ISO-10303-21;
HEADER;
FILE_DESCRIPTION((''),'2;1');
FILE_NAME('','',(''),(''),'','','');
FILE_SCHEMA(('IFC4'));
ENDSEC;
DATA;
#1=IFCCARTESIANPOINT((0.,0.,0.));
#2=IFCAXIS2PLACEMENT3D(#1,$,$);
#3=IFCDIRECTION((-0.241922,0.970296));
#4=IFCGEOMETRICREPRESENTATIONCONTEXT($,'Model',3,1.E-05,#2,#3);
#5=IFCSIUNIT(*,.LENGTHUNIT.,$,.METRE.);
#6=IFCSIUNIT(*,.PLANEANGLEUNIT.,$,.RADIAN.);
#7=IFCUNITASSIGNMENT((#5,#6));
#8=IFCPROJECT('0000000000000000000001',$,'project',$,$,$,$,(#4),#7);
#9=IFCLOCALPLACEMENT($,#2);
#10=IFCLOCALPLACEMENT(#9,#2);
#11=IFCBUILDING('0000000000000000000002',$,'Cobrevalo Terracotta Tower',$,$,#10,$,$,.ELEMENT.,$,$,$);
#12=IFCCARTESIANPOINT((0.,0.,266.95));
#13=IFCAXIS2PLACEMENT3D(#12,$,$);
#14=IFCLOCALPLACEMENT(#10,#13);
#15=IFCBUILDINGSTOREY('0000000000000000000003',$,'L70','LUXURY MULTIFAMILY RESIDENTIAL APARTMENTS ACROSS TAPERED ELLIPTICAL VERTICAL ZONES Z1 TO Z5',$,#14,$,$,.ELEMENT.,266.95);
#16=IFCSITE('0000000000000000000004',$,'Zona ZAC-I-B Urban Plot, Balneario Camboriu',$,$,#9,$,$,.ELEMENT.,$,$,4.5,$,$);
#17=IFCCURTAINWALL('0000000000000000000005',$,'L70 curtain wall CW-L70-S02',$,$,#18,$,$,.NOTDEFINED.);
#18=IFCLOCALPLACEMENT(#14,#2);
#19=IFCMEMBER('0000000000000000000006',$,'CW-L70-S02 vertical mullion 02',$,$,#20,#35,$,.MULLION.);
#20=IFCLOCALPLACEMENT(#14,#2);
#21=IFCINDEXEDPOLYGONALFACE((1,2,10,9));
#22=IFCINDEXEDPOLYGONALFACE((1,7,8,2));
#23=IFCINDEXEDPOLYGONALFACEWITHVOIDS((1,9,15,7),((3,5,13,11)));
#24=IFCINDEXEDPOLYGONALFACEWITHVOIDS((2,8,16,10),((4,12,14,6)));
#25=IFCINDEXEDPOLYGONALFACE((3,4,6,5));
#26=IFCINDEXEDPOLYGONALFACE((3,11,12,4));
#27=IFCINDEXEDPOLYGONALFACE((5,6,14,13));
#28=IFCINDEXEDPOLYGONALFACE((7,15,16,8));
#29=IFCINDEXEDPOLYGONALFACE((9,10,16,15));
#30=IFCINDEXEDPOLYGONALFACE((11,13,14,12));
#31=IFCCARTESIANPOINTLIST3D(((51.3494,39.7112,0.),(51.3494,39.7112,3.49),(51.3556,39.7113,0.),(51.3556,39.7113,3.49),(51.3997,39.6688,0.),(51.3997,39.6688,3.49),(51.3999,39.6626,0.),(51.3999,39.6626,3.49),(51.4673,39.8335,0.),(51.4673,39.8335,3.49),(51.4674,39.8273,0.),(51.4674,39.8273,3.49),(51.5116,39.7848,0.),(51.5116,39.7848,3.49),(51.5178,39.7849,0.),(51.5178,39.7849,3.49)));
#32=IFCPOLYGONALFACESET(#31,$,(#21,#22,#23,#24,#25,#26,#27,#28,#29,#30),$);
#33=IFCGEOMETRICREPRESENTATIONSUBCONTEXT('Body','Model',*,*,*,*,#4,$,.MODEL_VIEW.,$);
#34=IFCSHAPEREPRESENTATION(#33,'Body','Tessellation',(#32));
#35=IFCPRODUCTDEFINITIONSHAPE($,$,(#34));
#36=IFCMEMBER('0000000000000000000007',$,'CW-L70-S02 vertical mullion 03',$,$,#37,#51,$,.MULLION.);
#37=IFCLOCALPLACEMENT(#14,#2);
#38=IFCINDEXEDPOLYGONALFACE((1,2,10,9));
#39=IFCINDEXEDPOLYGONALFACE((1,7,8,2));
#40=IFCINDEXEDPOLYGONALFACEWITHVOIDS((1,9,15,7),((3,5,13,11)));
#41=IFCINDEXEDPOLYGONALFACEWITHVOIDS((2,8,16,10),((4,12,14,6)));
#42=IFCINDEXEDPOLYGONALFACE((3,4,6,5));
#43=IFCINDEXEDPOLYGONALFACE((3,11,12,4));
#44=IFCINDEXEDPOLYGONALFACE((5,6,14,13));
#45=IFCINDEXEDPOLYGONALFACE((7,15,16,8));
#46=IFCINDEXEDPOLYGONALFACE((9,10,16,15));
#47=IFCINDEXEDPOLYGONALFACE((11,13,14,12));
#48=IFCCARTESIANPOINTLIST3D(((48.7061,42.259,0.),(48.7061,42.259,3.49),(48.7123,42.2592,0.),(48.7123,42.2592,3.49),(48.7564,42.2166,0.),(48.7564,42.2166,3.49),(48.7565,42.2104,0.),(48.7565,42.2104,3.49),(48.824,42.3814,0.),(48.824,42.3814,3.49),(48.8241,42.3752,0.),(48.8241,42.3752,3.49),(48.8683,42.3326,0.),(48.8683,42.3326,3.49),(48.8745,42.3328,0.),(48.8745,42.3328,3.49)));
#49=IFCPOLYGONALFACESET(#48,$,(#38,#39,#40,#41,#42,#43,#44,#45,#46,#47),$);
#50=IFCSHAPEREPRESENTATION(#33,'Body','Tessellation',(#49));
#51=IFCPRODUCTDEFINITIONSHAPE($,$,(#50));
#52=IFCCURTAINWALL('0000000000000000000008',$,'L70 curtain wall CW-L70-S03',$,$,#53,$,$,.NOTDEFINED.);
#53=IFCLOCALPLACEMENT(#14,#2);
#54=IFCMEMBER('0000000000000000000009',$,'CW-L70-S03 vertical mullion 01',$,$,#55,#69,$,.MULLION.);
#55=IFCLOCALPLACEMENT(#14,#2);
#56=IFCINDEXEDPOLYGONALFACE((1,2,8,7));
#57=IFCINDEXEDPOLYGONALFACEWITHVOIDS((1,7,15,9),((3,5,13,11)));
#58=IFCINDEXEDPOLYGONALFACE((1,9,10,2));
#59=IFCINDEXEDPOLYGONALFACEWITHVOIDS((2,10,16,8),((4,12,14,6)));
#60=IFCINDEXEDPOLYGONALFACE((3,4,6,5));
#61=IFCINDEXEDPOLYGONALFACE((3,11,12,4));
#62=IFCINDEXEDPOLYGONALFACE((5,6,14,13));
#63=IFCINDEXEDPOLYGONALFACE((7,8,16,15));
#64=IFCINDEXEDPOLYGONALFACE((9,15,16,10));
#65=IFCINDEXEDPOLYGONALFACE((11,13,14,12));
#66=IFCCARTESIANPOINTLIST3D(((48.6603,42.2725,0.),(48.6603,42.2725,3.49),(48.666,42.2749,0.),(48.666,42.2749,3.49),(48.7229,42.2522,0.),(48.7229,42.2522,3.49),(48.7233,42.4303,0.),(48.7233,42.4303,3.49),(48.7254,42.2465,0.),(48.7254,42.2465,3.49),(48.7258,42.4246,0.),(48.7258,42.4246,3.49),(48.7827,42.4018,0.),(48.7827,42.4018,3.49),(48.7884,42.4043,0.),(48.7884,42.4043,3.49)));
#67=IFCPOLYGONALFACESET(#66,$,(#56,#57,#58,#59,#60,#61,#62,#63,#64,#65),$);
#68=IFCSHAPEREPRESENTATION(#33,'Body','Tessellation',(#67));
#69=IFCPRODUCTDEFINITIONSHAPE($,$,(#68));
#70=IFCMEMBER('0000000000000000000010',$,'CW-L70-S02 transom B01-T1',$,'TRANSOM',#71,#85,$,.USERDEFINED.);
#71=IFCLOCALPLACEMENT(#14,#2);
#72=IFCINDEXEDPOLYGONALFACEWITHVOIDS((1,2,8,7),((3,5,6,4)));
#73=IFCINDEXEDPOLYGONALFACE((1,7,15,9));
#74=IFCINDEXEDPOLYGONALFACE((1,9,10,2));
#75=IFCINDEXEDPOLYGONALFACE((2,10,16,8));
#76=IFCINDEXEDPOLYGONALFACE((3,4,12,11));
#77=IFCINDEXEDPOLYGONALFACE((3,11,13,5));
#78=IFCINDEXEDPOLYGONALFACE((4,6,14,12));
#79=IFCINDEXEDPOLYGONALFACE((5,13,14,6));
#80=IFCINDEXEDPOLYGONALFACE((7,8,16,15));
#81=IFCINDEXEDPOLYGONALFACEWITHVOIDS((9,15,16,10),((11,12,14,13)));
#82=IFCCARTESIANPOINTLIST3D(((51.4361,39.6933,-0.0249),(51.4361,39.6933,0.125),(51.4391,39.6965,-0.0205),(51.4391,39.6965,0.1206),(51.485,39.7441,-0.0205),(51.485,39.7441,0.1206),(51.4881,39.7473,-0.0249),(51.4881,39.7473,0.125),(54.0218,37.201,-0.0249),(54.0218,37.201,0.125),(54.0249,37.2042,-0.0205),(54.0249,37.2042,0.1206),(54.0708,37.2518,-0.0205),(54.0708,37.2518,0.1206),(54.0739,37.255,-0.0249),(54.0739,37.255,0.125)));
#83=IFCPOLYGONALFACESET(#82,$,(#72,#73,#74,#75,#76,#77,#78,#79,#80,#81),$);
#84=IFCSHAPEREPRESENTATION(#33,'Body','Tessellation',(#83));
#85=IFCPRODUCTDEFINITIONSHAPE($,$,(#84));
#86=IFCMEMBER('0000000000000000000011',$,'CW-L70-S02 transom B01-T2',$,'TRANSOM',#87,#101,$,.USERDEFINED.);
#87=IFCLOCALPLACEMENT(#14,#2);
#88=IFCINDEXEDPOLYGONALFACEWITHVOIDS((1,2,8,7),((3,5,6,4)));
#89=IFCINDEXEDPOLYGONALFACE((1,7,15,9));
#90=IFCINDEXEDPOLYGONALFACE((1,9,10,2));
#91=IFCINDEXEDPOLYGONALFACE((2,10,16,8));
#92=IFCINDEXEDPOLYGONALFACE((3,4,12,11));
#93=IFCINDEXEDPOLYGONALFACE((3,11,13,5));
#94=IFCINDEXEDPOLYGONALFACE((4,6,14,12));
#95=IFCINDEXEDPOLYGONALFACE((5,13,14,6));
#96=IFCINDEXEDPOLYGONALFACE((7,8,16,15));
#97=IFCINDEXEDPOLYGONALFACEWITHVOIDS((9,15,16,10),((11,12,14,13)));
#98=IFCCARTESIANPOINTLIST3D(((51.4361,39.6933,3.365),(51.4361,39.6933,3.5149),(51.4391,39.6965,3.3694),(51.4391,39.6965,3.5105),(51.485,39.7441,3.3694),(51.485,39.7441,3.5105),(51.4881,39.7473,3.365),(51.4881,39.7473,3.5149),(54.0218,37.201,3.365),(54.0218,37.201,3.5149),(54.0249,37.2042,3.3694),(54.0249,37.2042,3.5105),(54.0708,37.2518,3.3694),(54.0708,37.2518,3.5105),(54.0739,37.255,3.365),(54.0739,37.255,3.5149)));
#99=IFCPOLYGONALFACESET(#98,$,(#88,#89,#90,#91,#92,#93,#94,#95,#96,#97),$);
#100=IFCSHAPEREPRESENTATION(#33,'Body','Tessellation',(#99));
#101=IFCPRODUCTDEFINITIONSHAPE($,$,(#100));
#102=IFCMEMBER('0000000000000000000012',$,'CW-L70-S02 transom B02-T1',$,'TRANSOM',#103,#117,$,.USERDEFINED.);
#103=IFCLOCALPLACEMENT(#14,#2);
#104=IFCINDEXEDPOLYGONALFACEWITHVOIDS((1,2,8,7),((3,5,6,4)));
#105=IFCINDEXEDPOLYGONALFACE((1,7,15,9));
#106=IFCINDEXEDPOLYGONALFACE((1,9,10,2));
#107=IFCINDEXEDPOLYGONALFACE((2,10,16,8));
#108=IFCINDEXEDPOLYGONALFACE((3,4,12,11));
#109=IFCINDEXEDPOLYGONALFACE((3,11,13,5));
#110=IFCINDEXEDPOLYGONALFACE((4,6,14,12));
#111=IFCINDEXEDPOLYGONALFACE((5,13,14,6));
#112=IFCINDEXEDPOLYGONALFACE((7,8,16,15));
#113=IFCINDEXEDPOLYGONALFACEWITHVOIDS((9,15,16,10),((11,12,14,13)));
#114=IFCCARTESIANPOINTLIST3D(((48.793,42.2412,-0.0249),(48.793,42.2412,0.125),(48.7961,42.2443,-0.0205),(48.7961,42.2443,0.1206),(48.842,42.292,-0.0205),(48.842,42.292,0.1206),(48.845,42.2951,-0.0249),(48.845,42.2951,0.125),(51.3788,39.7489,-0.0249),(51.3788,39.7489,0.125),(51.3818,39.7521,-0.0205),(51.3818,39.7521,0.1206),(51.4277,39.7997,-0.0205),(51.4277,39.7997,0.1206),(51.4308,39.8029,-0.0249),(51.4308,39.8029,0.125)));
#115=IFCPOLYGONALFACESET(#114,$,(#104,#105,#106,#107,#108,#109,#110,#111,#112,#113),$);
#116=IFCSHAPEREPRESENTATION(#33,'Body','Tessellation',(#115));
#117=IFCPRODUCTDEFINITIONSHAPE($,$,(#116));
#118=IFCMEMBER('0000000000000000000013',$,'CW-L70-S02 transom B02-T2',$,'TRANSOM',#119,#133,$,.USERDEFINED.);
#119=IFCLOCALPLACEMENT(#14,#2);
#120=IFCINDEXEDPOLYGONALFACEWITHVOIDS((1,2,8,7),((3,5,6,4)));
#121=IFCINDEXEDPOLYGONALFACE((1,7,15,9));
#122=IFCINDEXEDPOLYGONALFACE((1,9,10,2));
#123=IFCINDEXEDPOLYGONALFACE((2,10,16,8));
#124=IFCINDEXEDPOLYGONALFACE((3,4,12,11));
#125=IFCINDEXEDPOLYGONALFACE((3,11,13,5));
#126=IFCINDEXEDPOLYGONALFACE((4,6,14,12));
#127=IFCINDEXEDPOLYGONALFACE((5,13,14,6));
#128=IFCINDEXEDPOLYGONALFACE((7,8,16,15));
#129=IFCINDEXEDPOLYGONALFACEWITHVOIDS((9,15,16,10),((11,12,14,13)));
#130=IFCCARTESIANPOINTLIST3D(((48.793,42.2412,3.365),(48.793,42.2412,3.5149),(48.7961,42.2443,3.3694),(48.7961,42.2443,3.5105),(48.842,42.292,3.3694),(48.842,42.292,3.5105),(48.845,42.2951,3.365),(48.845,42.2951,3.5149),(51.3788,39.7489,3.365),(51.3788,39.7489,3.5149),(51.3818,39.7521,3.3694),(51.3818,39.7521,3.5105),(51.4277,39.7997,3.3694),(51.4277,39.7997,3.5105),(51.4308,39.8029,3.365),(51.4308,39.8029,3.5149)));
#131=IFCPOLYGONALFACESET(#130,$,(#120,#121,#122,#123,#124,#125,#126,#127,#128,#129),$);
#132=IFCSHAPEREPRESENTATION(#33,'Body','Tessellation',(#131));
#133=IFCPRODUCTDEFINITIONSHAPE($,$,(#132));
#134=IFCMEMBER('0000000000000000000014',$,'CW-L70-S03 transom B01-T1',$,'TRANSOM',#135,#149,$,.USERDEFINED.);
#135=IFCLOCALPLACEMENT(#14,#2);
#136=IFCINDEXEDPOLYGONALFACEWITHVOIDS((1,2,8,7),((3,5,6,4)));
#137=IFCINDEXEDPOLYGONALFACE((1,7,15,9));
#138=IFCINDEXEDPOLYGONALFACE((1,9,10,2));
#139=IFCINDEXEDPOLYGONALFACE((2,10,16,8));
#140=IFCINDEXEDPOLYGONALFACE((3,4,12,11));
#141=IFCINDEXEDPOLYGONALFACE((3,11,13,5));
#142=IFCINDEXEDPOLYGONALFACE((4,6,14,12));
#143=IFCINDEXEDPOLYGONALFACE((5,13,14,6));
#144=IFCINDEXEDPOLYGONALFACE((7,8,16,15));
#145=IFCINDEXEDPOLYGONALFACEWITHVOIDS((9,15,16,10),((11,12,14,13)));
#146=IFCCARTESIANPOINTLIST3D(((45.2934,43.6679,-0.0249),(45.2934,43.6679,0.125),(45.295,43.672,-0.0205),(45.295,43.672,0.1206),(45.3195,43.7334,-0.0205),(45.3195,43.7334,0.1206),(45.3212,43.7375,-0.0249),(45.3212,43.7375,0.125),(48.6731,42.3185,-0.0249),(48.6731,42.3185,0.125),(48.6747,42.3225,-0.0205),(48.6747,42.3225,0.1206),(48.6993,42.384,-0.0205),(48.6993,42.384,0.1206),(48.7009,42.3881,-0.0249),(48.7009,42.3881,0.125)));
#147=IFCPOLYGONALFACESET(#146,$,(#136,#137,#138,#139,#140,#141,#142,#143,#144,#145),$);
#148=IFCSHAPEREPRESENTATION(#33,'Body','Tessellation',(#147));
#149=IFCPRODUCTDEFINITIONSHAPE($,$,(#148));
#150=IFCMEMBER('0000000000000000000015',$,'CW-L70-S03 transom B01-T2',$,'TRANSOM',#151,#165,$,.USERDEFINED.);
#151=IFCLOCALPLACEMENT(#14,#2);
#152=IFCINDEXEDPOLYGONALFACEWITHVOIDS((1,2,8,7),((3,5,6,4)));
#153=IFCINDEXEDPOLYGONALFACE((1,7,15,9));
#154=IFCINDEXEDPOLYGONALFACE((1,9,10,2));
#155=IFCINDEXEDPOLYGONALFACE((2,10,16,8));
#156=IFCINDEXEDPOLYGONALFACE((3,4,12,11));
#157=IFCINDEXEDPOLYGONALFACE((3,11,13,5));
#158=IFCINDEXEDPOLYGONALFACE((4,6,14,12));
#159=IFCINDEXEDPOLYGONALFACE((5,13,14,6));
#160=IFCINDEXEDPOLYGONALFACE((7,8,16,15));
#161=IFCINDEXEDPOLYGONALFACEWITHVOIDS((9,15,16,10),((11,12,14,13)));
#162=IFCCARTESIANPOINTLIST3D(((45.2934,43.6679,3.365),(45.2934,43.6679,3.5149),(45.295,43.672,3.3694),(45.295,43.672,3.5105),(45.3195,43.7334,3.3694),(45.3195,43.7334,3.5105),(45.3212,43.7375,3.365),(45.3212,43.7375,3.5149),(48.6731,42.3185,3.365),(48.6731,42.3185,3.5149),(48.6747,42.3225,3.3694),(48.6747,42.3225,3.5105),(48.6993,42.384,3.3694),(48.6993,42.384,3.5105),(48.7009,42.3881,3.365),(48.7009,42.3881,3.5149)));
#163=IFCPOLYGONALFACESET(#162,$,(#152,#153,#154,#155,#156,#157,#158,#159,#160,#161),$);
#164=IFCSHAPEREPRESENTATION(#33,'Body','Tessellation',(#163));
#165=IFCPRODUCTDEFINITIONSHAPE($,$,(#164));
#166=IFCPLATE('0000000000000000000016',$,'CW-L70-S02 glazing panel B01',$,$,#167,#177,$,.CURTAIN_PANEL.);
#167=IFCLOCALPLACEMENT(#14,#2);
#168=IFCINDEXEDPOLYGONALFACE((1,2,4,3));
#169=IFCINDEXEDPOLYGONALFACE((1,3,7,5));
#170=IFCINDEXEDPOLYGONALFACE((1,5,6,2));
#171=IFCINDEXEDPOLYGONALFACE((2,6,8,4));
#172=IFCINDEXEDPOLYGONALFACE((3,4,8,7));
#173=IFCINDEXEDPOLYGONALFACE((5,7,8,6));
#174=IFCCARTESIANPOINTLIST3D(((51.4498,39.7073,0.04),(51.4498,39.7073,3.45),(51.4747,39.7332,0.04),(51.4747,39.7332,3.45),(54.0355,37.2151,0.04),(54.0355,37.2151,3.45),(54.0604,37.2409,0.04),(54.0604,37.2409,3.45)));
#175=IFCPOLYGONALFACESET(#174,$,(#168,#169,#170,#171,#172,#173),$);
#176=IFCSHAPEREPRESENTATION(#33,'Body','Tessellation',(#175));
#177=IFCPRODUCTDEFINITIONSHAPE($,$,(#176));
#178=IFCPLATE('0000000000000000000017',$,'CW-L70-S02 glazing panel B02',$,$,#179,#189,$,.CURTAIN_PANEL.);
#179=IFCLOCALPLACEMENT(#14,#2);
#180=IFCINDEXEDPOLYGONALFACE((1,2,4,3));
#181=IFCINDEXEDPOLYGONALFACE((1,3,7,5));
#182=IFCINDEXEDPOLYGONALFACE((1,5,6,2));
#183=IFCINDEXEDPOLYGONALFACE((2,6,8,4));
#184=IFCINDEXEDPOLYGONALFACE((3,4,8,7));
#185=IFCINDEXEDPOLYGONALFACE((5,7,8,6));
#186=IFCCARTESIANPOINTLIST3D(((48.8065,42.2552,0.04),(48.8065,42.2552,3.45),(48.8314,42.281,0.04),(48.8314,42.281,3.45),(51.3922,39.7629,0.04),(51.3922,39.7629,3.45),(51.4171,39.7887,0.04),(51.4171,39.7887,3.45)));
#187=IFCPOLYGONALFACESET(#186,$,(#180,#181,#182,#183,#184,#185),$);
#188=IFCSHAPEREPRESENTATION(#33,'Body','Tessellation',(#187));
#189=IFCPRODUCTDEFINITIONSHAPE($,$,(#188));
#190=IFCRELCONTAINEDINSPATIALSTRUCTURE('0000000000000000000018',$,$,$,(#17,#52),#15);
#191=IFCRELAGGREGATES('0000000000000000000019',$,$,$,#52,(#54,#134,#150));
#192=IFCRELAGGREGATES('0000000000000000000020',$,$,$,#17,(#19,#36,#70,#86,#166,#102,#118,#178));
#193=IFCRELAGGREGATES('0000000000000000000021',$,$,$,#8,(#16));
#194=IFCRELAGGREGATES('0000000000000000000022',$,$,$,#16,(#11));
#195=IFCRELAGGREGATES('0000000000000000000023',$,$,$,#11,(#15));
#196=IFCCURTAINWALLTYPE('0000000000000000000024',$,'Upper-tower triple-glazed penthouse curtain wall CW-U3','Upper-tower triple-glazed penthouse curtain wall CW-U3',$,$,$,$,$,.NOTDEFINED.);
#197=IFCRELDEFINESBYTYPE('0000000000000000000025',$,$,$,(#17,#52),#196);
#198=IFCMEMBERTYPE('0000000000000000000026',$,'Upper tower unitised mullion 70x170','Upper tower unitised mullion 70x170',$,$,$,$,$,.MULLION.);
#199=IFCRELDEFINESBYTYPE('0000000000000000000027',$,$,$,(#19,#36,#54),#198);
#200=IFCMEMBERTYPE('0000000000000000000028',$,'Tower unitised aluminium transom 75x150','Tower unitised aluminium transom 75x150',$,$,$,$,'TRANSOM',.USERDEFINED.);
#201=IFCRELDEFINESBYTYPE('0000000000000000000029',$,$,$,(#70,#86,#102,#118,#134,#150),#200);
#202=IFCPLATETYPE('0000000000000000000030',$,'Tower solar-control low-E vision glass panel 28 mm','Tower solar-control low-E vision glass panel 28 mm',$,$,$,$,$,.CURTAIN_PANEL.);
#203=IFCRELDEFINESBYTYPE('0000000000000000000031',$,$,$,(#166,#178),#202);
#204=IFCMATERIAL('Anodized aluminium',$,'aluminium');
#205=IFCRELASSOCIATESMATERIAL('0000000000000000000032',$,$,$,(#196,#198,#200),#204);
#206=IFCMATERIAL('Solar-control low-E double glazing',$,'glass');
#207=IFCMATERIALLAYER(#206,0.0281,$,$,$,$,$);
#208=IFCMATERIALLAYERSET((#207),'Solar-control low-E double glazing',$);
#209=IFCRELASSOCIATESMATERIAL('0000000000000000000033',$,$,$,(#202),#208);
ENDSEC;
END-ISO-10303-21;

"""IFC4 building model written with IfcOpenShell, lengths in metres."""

from ifc_helpers import new_model, si_unit, direction, frame, origin, origin_2d, place, context, subcontext, project, spatial, rectangle, hollow_rectangle, extrude, source, transform, mapped, material, layer, layer_set, material_profile, profile_set, type_object, element, aggregate, save


model = new_model("IFC4")

# Units and contexts
model_context = context("Model", 3, precision=1e-05, world=origin(), true_north=direction((-0.241922, 0.970296)))
body_context = subcontext(model_context, "Body", "Model", "MODEL_VIEW")
ifc_project = project(units=[si_unit("LENGTHUNIT", "METRE"), si_unit("PLANEANGLEUNIT", "RADIAN")], contexts=[model_context])

# Site, building, storey
site_placement = place(None, origin())
site = spatial("IfcSite", under=ifc_project, at=site_placement, Name="Zona ZAC-I-B Urban Plot, Balneario Camboriu", CompositionType="ELEMENT", RefElevation=4.5)
building_placement = place(site_placement, origin())
building = spatial("IfcBuilding", under=site, at=building_placement, Name="Cobrevalo Terracotta Tower", CompositionType="ELEMENT")
storey_placement = place(building_placement, frame((0.0, 0.0, 266.95)))
storey = spatial("IfcBuildingStorey", under=building, at=storey_placement, Name="L70", Description="LUXURY MULTIFAMILY RESIDENTIAL APARTMENTS ACROSS TAPERED ELLIPTICAL VERTICAL ZONES Z1 TO Z5", CompositionType="ELEMENT", Elevation=266.95)

# Shared definitions
ifc_material_1 = material(Name="Anodized aluminium", Category="aluminium")
curtain_wall_type = type_object("IfcCurtainWallType", Name="Upper-tower triple-glazed penthouse curtain wall CW-U3", Description="Upper-tower triple-glazed penthouse curtain wall CW-U3", PredefinedType="NOTDEFINED", material=ifc_material_1)
ifc_material_profile_1 = material_profile(ifc_material_1, hollow_rectangle(XDim=0.0701, YDim=0.1699, WallThickness=0.0044, at=origin_2d()), Name="CWM 70x170")
ifc_profile_set_1 = profile_set([ifc_material_profile_1], Name="Anodized aluminium")
member_type_1 = type_object("IfcMemberType", Name="Upper tower unitised mullion 70x170", Description="Upper tower unitised mullion 70x170", PredefinedType="MULLION", material=ifc_profile_set_1)
shared_shape_1 = source(origin(), body_context, "Body", "SweptSolid", [
    extrude(hollow_rectangle(XDim=0.0701, YDim=0.1699, WallThickness=0.0044, at=origin_2d()), origin(), (0.0, 0.0, 1.0), 3.49),
])

# Curtain wall, members
curtain_wall_1_placement = place(storey_placement, origin())
curtain_wall_1 = element("IfcCurtainWall", 1, at=curtain_wall_1_placement, inside=storey, type_object=curtain_wall_type, Name="L70 curtain wall CW-L70-S02", PredefinedType="NOTDEFINED")
member_1_placement = place(storey_placement, frame((51.4336, 39.748, 0.0), z_axis=(0.0, 0.0, 1.0), x_axis=(-0.719994, 0.69398, 0.0)))
member_1 = element("IfcMember", 2, at=member_1_placement, type_object=member_type_1, Name="CW-L70-S02 vertical mullion 02", PredefinedType="MULLION", context=body_context, shape_type="MappedRepresentation", body=[
    mapped(shared_shape_1, transform((0.0, 0.0, 0.0), scale=1.0)),
])
member_2_placement = place(storey_placement, frame((48.7903, 42.2959, 0.0), z_axis=(0.0, 0.0, 1.0), x_axis=(-0.719994, 0.69398, 0.0)))
member_2 = element("IfcMember", 3, at=member_2_placement, type_object=member_type_1, Name="CW-L70-S02 vertical mullion 03", PredefinedType="MULLION", context=body_context, shape_type="MappedRepresentation", body=[
    mapped(shared_shape_1, transform((0.0, 0.0, 0.0), scale=1.0)),
])

# Curtain wall, member
curtain_wall_2_placement = place(storey_placement, origin())
curtain_wall_2 = element("IfcCurtainWall", 4, at=curtain_wall_2_placement, inside=storey, type_object=curtain_wall_type, Name="L70 curtain wall CW-L70-S03", PredefinedType="NOTDEFINED")
member_3_placement = place(storey_placement, frame((48.7244, 42.3384, 0.0), z_axis=(0.0, 0.0, 1.0), x_axis=(-0.928719, 0.370784, 0.0)))
member_3 = element("IfcMember", 5, at=member_3_placement, type_object=member_type_1, Name="CW-L70-S03 vertical mullion 01", PredefinedType="MULLION", context=body_context, shape_type="MappedRepresentation", body=[
    mapped(shared_shape_1, transform((0.0, 0.0, 0.0), scale=1.0)),
])

# Members
ifc_material_profile_2 = material_profile(ifc_material_1, hollow_rectangle(XDim=0.075, YDim=0.1499, WallThickness=0.0044, at=origin_2d()), Name="CWT 75x150")
ifc_profile_set_2 = profile_set([ifc_material_profile_2], Name="Anodized aluminium")
member_type_2 = type_object("IfcMemberType", Name="Tower unitised aluminium transom 75x150", Description="Tower unitised aluminium transom 75x150", ElementType="TRANSOM", PredefinedType="USERDEFINED", material=ifc_profile_set_2)
shared_shape_2 = source(origin(), body_context, "Body", "SweptSolid", [
    extrude(hollow_rectangle(XDim=0.075, YDim=0.1499, WallThickness=0.0044, at=origin_2d()), origin(), (0.0, 0.0, 1.0), 3.5913),
])
member_4_placement = place(storey_placement, frame((54.0479, 37.228, 0.05), z_axis=(-0.720006, 0.693968, 0.0), x_axis=(-0.693968, -0.720006, 0.0)))
member_4 = element("IfcMember", 6, at=member_4_placement, type_object=member_type_2, Name="CW-L70-S02 transom B01-T1", ObjectType="TRANSOM", PredefinedType="USERDEFINED", context=body_context, shape_type="MappedRepresentation", body=[
    mapped(shared_shape_2, transform((0.0, 0.0, 0.0), scale=1.0)),
])
member_5_placement = place(storey_placement, frame((54.0479, 37.228, 3.4399), z_axis=(-0.720006, 0.693968, 0.0), x_axis=(-0.693968, -0.720006, 0.0)))
member_5 = element("IfcMember", 7, at=member_5_placement, type_object=member_type_2, Name="CW-L70-S02 transom B01-T2", ObjectType="TRANSOM", PredefinedType="USERDEFINED", context=body_context, shape_type="MappedRepresentation", body=[
    mapped(shared_shape_2, transform((0.0, 0.0, 0.0), scale=1.0)),
])
member_6_placement = place(storey_placement, frame((51.4048, 39.7759, 0.05), z_axis=(-0.720006, 0.693968, 0.0), x_axis=(-0.693968, -0.720006, 0.0)))
member_6 = element("IfcMember", 8, at=member_6_placement, type_object=member_type_2, Name="CW-L70-S02 transom B02-T1", ObjectType="TRANSOM", PredefinedType="USERDEFINED", context=body_context, shape_type="MappedRepresentation", body=[
    mapped(shared_shape_2, transform((0.0, 0.0, 0.0), scale=1.0)),
])
member_7_placement = place(storey_placement, frame((51.4048, 39.7759, 3.4399), z_axis=(-0.720006, 0.693968, 0.0), x_axis=(-0.693968, -0.720006, 0.0)))
member_7 = element("IfcMember", 9, at=member_7_placement, type_object=member_type_2, Name="CW-L70-S02 transom B02-T2", ObjectType="TRANSOM", PredefinedType="USERDEFINED", context=body_context, shape_type="MappedRepresentation", body=[
    mapped(shared_shape_2, transform((0.0, 0.0, 0.0), scale=1.0)),
])
shared_shape_3 = source(origin(), body_context, "Body", "SweptSolid", [
    extrude(hollow_rectangle(XDim=0.075, YDim=0.1499, WallThickness=0.0044, at=origin_2d()), origin(), (0.0, 0.0, 1.0), 3.6392),
])
member_8_placement = place(storey_placement, frame((48.687, 42.3533, 0.05), z_axis=(-0.928712, 0.370801, 0.0), x_axis=(-0.370801, -0.928712, 0.0)))
member_8 = element("IfcMember", 10, at=member_8_placement, type_object=member_type_2, Name="CW-L70-S03 transom B01-T1", ObjectType="TRANSOM", PredefinedType="USERDEFINED", context=body_context, shape_type="MappedRepresentation", body=[
    mapped(shared_shape_3, transform((0.0, 0.0, 0.0), scale=1.0)),
])
member_9_placement = place(storey_placement, frame((48.687, 42.3533, 3.4399), z_axis=(-0.928712, 0.370801, 0.0), x_axis=(-0.370801, -0.928712, 0.0)))
member_9 = element("IfcMember", 11, at=member_9_placement, type_object=member_type_2, Name="CW-L70-S03 transom B01-T2", ObjectType="TRANSOM", PredefinedType="USERDEFINED", context=body_context, shape_type="MappedRepresentation", body=[
    mapped(shared_shape_3, transform((0.0, 0.0, 0.0), scale=1.0)),
])
aggregate(curtain_wall_2, [member_3, member_8, member_9])

# Plates
ifc_material_2 = material(Name="Solar-control low-E double glazing", Category="glass")
ifc_layer_1 = layer(ifc_material_2, 0.0281)
ifc_layer_set_1 = layer_set([ifc_layer_1], Name="Solar-control low-E double glazing")
plate_type = type_object("IfcPlateType", Name="Tower solar-control low-E vision glass panel 28 mm", Description="Tower solar-control low-E vision glass panel 28 mm", PredefinedType="CURTAIN_PANEL", material=ifc_layer_set_1)
shared_shape_4 = source(origin(), body_context, "Body", "SweptSolid", [
    extrude(rectangle(XDim=3.5913, YDim=0.0359, at=origin_2d()), origin(), (0.0, 0.0, 1.0), 3.4099),
])
plate_1_placement = place(storey_placement, frame((52.7551, 38.4741, 0.04), z_axis=(0.0, 0.0, 1.0), x_axis=(-0.719997, 0.693978, 0.0)))
plate_1 = element("IfcPlate", 12, at=plate_1_placement, type_object=plate_type, Name="CW-L70-S02 glazing panel B01", PredefinedType="CURTAIN_PANEL", context=body_context, shape_type="MappedRepresentation", body=[
    mapped(shared_shape_4, transform((0.0, 0.0, 0.0), scale=1.0)),
])
plate_2_placement = place(storey_placement, frame((50.1118, 41.022, 0.04), z_axis=(0.0, 0.0, 1.0), x_axis=(-0.719997, 0.693978, 0.0)))
plate_2 = element("IfcPlate", 13, at=plate_2_placement, type_object=plate_type, Name="CW-L70-S02 glazing panel B02", PredefinedType="CURTAIN_PANEL", context=body_context, shape_type="MappedRepresentation", body=[
    mapped(shared_shape_4, transform((0.0, 0.0, 0.0), scale=1.0)),
])
aggregate(curtain_wall_1, [member_1, member_2, member_4, member_5, plate_1, member_6, member_7, plate_2])

save(model, "model.ifc")
